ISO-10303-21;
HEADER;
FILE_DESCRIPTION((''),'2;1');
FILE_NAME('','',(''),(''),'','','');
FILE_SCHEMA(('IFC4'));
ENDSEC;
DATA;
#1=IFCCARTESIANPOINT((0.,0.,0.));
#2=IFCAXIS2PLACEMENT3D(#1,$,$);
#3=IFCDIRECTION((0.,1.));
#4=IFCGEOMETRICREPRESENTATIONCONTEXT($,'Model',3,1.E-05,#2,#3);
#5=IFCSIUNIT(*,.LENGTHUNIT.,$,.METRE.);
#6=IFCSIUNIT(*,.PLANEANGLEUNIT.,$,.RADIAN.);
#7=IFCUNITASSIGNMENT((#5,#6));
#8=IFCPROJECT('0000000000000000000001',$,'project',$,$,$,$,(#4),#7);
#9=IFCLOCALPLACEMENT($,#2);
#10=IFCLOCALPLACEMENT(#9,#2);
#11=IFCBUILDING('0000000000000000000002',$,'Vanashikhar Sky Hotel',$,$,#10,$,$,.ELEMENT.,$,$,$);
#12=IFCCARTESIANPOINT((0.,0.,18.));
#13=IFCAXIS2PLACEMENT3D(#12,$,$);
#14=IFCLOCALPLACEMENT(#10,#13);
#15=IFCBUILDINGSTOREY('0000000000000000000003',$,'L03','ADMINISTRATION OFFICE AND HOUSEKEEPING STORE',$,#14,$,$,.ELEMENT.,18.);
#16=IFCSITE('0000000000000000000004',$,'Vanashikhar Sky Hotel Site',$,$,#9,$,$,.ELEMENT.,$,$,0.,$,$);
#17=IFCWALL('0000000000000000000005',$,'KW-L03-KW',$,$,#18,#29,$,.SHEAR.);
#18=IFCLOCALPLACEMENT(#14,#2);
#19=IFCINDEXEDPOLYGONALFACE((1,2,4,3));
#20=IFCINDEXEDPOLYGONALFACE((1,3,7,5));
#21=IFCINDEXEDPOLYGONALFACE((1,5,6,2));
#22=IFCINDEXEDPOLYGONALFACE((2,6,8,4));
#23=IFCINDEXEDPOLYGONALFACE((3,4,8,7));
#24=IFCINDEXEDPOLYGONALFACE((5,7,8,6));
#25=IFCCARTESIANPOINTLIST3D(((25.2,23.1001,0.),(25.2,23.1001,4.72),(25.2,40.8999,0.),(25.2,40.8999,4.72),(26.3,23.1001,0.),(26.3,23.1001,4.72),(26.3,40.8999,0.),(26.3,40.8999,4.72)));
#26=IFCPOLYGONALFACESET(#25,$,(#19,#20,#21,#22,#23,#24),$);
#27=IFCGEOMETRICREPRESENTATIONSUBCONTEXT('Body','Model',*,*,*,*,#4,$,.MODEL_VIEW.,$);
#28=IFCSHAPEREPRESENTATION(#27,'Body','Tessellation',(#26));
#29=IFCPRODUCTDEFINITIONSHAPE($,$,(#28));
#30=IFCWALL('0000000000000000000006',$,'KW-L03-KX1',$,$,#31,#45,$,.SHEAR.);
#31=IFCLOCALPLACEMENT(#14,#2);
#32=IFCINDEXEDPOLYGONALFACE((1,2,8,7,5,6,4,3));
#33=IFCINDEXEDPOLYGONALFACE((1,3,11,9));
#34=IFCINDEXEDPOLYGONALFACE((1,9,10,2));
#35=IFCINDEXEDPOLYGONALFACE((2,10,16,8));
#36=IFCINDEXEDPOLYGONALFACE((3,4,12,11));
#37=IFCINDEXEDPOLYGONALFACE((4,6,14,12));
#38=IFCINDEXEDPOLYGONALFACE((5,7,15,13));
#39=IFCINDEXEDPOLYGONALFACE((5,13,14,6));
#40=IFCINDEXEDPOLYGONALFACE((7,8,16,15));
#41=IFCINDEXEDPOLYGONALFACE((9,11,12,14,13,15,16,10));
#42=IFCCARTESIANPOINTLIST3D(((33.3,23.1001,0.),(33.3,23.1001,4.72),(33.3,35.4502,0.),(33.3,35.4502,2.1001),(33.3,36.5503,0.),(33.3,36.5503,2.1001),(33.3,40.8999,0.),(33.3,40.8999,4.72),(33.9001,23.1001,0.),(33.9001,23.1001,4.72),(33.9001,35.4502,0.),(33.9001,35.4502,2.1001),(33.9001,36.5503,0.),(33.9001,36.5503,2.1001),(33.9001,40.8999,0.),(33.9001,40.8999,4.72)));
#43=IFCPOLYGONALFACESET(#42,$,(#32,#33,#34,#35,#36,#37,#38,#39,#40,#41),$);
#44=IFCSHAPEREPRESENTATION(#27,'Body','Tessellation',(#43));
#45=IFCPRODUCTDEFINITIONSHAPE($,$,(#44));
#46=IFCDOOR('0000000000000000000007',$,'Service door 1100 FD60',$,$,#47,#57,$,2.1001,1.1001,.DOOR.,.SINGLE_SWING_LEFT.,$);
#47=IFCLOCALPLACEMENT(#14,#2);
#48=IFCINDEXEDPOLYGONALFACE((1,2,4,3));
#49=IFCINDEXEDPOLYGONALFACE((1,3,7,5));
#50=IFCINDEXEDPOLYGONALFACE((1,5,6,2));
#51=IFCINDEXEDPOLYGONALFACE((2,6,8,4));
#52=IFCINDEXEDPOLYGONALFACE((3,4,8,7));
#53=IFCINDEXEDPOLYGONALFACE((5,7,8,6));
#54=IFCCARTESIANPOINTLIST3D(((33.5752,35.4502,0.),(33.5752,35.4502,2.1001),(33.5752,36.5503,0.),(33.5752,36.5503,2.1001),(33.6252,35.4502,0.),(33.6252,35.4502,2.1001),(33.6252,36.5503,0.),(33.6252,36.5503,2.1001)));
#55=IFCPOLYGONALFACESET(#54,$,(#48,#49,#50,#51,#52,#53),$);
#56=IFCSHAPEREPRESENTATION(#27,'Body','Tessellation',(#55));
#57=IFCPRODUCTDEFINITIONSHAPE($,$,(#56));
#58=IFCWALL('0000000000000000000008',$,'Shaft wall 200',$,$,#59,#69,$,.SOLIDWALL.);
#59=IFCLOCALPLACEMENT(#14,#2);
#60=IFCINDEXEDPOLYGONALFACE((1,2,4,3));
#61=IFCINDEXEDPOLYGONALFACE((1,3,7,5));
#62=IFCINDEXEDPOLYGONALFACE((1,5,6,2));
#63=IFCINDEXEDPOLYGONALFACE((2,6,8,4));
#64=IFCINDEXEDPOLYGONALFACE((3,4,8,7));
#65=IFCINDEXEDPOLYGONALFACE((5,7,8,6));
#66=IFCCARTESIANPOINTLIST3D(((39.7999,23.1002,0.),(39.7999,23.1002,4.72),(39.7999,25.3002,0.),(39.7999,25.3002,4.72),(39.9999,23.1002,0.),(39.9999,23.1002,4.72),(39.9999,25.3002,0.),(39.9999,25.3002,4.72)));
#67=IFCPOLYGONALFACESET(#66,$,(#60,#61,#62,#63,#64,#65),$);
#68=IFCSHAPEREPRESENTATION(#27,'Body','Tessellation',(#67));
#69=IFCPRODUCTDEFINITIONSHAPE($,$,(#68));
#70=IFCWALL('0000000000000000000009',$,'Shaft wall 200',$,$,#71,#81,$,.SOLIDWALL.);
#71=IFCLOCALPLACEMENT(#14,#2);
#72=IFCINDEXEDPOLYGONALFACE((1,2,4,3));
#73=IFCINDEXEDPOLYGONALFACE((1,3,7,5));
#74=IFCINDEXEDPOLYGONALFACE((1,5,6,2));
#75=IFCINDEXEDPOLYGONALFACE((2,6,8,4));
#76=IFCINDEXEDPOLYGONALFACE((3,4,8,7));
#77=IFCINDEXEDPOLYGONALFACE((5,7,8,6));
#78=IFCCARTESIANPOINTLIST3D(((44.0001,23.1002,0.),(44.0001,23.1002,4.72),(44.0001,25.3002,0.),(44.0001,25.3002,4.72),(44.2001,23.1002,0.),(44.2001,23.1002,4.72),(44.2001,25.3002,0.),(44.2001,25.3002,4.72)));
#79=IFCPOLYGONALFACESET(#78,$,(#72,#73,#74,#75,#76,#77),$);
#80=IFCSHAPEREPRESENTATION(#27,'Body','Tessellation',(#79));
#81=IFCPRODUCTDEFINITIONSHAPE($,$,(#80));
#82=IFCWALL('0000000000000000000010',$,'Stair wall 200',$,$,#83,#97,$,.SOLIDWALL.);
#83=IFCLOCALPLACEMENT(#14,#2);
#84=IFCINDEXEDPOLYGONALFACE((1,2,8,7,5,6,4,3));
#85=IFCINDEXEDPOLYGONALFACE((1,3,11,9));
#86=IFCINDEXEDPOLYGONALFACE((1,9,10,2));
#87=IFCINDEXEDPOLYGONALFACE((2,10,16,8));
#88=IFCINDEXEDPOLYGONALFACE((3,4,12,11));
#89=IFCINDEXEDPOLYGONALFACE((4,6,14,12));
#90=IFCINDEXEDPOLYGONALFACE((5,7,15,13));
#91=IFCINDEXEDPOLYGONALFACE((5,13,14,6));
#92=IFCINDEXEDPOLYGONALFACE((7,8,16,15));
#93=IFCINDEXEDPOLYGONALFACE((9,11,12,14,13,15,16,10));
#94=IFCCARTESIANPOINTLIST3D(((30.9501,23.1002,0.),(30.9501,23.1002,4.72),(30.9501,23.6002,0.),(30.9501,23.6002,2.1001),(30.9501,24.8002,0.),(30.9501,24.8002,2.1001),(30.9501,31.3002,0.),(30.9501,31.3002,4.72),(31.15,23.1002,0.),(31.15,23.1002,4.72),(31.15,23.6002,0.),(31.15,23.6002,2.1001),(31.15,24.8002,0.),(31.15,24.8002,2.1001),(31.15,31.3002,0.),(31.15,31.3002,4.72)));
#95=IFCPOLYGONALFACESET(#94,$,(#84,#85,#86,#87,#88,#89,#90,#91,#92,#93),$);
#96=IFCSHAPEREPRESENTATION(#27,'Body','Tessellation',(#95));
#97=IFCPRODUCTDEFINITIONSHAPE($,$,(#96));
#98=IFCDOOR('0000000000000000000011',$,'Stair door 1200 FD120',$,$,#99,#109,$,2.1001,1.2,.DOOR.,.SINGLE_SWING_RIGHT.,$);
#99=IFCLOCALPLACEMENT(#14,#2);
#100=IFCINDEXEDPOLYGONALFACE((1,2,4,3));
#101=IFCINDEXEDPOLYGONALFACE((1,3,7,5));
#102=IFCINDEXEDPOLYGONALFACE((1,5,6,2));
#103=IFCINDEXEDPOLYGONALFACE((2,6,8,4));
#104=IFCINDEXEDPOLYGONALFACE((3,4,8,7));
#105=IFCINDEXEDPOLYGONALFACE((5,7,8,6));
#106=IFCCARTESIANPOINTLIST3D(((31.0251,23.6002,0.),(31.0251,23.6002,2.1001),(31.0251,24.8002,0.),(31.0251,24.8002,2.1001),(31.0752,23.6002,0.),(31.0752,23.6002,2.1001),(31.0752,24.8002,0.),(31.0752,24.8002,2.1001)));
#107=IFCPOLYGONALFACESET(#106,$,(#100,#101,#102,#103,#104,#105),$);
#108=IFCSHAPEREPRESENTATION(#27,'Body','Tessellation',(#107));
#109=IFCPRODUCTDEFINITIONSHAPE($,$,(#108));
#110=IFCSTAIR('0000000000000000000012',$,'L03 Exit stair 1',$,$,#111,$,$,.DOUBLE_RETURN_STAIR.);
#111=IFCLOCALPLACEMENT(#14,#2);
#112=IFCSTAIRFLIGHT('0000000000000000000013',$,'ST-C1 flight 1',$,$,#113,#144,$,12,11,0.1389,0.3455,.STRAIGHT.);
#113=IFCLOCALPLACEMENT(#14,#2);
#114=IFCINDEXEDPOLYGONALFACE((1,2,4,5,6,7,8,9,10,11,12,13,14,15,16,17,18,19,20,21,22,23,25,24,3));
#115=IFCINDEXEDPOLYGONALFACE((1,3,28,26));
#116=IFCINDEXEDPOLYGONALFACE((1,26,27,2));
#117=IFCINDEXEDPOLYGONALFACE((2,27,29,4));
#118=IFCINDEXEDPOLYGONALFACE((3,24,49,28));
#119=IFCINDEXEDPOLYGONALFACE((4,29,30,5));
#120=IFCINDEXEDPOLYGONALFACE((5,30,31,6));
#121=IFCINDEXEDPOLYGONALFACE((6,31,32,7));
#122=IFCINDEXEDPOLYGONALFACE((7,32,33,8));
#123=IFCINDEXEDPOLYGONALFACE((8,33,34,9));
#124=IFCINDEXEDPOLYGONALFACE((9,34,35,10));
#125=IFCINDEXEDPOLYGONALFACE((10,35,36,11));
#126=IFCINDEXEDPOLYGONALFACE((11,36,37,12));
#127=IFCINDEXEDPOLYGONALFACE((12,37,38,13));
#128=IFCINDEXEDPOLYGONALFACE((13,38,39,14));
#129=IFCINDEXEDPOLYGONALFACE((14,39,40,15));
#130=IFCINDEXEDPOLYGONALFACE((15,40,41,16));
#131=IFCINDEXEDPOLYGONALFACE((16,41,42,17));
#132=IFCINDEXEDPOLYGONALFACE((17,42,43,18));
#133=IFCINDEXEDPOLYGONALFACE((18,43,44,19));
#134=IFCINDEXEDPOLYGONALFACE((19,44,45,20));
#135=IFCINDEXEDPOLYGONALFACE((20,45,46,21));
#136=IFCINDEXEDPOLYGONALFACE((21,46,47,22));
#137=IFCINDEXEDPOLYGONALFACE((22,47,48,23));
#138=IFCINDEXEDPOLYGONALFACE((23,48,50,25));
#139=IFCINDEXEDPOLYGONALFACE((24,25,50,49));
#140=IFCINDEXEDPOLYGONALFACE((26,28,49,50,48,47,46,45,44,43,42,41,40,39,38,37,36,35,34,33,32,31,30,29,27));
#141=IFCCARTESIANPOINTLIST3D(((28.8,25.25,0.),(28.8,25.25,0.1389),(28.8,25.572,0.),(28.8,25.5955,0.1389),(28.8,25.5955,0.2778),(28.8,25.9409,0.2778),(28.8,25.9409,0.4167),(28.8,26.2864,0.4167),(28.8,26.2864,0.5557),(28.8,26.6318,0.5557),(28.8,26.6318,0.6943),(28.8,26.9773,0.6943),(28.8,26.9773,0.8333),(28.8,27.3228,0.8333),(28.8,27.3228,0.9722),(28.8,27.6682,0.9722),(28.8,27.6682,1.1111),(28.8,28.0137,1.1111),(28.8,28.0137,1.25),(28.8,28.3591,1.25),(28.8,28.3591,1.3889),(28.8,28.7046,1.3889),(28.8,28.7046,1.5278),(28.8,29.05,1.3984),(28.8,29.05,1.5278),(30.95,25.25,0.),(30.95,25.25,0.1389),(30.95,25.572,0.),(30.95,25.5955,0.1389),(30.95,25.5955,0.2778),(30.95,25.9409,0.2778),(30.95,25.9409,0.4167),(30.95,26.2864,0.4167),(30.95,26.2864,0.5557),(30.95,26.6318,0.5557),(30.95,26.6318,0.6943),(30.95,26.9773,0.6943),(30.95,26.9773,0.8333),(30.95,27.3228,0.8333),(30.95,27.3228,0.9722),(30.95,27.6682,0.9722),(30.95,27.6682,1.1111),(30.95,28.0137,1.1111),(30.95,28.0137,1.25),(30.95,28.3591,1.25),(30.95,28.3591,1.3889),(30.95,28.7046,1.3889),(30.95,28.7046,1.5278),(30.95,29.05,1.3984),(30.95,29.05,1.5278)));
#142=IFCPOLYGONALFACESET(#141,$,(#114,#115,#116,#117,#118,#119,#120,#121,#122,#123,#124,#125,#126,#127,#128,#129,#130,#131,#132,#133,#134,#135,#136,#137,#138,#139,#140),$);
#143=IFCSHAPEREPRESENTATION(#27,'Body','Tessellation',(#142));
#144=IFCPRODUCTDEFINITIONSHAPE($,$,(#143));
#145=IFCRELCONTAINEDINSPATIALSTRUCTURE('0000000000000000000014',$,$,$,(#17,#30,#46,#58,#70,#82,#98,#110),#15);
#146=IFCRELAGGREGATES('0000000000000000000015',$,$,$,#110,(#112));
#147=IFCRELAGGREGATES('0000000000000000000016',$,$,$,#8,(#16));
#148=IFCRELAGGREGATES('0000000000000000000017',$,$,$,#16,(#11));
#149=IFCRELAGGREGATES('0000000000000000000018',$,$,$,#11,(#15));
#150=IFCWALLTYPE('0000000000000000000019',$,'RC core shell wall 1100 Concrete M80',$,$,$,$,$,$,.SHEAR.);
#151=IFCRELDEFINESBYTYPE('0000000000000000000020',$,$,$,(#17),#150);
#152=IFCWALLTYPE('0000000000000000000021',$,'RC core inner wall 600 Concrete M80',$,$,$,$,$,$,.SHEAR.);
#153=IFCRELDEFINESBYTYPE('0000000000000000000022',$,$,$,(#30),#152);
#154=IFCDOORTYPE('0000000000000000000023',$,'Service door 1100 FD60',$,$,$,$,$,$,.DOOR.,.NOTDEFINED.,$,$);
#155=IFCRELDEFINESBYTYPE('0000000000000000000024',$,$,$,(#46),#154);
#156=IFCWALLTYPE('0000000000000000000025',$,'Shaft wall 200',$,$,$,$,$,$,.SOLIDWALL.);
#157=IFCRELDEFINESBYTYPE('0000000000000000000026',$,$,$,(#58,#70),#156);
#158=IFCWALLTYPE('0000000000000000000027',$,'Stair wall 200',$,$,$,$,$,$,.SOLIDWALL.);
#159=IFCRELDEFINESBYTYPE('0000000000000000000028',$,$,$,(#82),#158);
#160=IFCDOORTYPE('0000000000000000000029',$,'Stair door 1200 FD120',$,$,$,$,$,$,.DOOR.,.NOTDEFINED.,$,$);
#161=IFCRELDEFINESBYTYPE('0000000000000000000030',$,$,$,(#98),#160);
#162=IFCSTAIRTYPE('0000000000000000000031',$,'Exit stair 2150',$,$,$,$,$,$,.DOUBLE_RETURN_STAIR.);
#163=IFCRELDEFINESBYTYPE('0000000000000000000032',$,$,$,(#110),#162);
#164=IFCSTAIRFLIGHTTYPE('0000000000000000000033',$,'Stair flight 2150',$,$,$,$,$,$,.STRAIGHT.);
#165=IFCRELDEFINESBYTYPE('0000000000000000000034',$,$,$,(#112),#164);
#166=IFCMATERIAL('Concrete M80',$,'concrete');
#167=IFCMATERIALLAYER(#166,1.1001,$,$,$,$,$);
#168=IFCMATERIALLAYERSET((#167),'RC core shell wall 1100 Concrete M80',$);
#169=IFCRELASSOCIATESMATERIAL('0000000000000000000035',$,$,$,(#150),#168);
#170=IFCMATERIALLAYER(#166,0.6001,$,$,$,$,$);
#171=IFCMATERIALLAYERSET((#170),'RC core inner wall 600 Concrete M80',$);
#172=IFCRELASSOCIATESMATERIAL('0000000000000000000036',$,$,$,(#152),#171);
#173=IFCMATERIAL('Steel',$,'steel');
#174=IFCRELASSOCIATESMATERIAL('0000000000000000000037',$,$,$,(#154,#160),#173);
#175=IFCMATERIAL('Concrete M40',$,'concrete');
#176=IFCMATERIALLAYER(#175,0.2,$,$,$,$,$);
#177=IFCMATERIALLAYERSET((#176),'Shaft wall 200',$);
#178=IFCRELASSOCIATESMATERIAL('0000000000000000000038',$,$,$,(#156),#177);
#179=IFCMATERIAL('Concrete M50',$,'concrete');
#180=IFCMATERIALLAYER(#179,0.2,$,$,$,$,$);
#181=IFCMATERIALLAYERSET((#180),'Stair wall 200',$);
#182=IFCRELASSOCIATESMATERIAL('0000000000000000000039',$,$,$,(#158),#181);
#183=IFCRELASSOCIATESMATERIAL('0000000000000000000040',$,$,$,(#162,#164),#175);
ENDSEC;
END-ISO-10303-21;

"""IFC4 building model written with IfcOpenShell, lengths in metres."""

from ifc_helpers import new_model, si_unit, direction, frame, frame_2d, origin, place, context, subcontext, project, spatial, polyline, rectangle, outline, extrude, source, transform, mapped, material, layer, layer_set, type_object, element, fill, aggregate, save


model = new_model("IFC4")

# Units and contexts
model_context = context("Model", 3, precision=1e-05, world=origin(), true_north=direction((0.0, 1.0)))
body_context = subcontext(model_context, "Body", "Model", "MODEL_VIEW")
ifc_project = project(units=[si_unit("LENGTHUNIT", "METRE"), si_unit("PLANEANGLEUNIT", "RADIAN")], contexts=[model_context])

# Site, building, storey
site_placement = place(None, origin())
site = spatial("IfcSite", under=ifc_project, at=site_placement, Name="Vanashikhar Sky Hotel Site", CompositionType="ELEMENT", RefElevation=0.0)
building_placement = place(site_placement, origin())
building = spatial("IfcBuilding", under=site, at=building_placement, Name="Vanashikhar Sky Hotel", CompositionType="ELEMENT")
storey_placement = place(building_placement, frame((0.0, 0.0, 18.0)))
storey = spatial("IfcBuildingStorey", under=building, at=storey_placement, Name="L03", Description="ADMINISTRATION OFFICE AND HOUSEKEEPING STORE", CompositionType="ELEMENT", Elevation=18.0)

# Wall
ifc_material_1 = material(Name="Concrete M80", Category="concrete")
ifc_layer_1 = layer(ifc_material_1, 1.1001)
ifc_layer_set_1 = layer_set([ifc_layer_1], Name="RC core shell wall 1100 Concrete M80")
wall_type_1 = type_object("IfcWallType", Name="RC core shell wall 1100 Concrete M80", PredefinedType="SHEAR", material=ifc_layer_set_1)
shared_shape_1 = source(origin(), body_context, "Body", "SweptSolid", [
    extrude(rectangle(XDim=17.7998, YDim=1.1001, at=frame_2d((8.8999, 0.0))), origin(), (0.0, 0.0, 1.0), 4.72),
])
wall_1_placement = place(storey_placement, frame((25.75, 23.1001, 0.0), z_axis=(0.0, 0.0, 1.0), x_axis=(0.0, 1.0, 0.0)))
element("IfcWall", 1, at=wall_1_placement, inside=storey, type_object=wall_type_1, Name="KW-L03-KW", PredefinedType="SHEAR", context=body_context, shape_type="MappedRepresentation", body=[
    mapped(shared_shape_1, transform((0.0, 0.0, 0.0), scale=1.0)),
])

# Wall, opening, door
ifc_layer_2 = layer(ifc_material_1, 0.6001)
ifc_layer_set_2 = layer_set([ifc_layer_2], Name="RC core inner wall 600 Concrete M80")
wall_type_2 = type_object("IfcWallType", Name="RC core inner wall 600 Concrete M80", PredefinedType="SHEAR", material=ifc_layer_set_2)
shared_shape_2 = source(origin(), body_context, "Body", "SweptSolid", [
    extrude(rectangle(XDim=17.7998, YDim=0.6001, at=frame_2d((8.8999, 0.0))), origin(), (0.0, 0.0, 1.0), 4.72),
])
wall_2_placement = place(storey_placement, frame((33.6001, 23.1001, 0.0), z_axis=(0.0, 0.0, 1.0), x_axis=(0.0, 1.0, 0.0)))
wall_2 = element("IfcWall", 2, at=wall_2_placement, inside=storey, type_object=wall_type_2, Name="KW-L03-KX1", PredefinedType="SHEAR", context=body_context, shape_type="MappedRepresentation", body=[
    mapped(shared_shape_2, transform((0.0, 0.0, 0.0), scale=1.0)),
])
shared_shape_3 = source(origin(), body_context, "Body", "SweptSolid", [
    extrude(rectangle(XDim=1.1001, YDim=2.1001, at=frame_2d((0.55, 1.05))), frame((0.0, 0.3101, 0.0), z_axis=(0.0, -1.0, 0.0), x_axis=(1.0, 0.0, 0.0)), (0.0, 0.0, 1.0), 0.6201),
])
opening_1_placement = place(wall_2_placement, frame((12.3501, 0.0, 0.0)))
opening_1 = element("IfcOpeningElement", 3, at=opening_1_placement, cuts=wall_2, PredefinedType="OPENING", context=body_context, shape_type="MappedRepresentation", body=[
    mapped(shared_shape_3, transform((0.0, 0.0, 0.0), scale=1.0)),
])
ifc_material_2 = material(Name="Steel", Category="steel")
door_type_1 = type_object("IfcDoorType", Name="Service door 1100 FD60", OperationType="NOTDEFINED", PredefinedType="DOOR", material=ifc_material_2)
shared_shape_4 = source(origin(), body_context, "Body", "SweptSolid", [
    extrude(rectangle(XDim=1.1001, YDim=2.1001, at=frame_2d((0.55, 1.05))), frame((0.0, 0.0249, 0.0), z_axis=(0.0, -1.0, 0.0), x_axis=(1.0, 0.0, 0.0)), (0.0, 0.0, 1.0), 0.05),
])
door_1_placement = place(opening_1_placement, origin())
door_1 = element("IfcDoor", 4, at=door_1_placement, inside=storey, type_object=door_type_1, Name="Service door 1100 FD60", OperationType="SINGLE_SWING_LEFT", OverallHeight=2.1001, OverallWidth=1.1001, PredefinedType="DOOR", context=body_context, shape_type="MappedRepresentation", body=[
    mapped(shared_shape_4, transform((0.0, 0.0, 0.0), scale=1.0)),
])
fill(opening_1, door_1)

# Walls
ifc_material_3 = material(Name="Concrete M40", Category="concrete")
ifc_layer_3 = layer(ifc_material_3, 0.2)
ifc_layer_set_3 = layer_set([ifc_layer_3], Name="Shaft wall 200")
wall_type_3 = type_object("IfcWallType", Name="Shaft wall 200", PredefinedType="SOLIDWALL", material=ifc_layer_set_3)
shared_shape_5 = source(origin(), body_context, "Body", "SweptSolid", [
    extrude(rectangle(XDim=2.2, YDim=0.2, at=frame_2d((1.1001, 0.0))), origin(), (0.0, 0.0, 1.0), 4.72),
])
for number, where, z_axis, x_axis, name in (
    (5, (39.8999, 23.1001, 0.0), (0.0, 0.0, 1.0), (0.0, 1.0, 0.0), "Shaft wall 200"),
    (6, (44.1001, 23.1001, 0.0), (0.0, 0.0, 1.0), (0.0, 1.0, 0.0), "Shaft wall 200"),
):
    element("IfcWall", number, at=place(storey_placement, frame(where, z_axis=z_axis, x_axis=x_axis)), inside=storey, type_object=wall_type_3, Name=name, PredefinedType="SOLIDWALL", context=body_context, shape_type="MappedRepresentation", body=[
        mapped(shared_shape_5, transform((0.0, 0.0, 0.0), scale=1.0)),
    ])

# Wall, opening, door
ifc_material_4 = material(Name="Concrete M50", Category="concrete")
ifc_layer_4 = layer(ifc_material_4, 0.2)
ifc_layer_set_4 = layer_set([ifc_layer_4], Name="Stair wall 200")
wall_type_4 = type_object("IfcWallType", Name="Stair wall 200", PredefinedType="SOLIDWALL", material=ifc_layer_set_4)
shared_shape_6 = source(origin(), body_context, "Body", "SweptSolid", [
    extrude(rectangle(XDim=8.2, YDim=0.2, at=frame_2d((4.1001, 0.0))), origin(), (0.0, 0.0, 1.0), 4.72),
])
wall_3_placement = place(storey_placement, frame((31.05, 23.1001, 0.0), z_axis=(0.0, 0.0, 1.0), x_axis=(0.0, 1.0, 0.0)))
wall_3 = element("IfcWall", 7, at=wall_3_placement, inside=storey, type_object=wall_type_4, Name="Stair wall 200", PredefinedType="SOLIDWALL", context=body_context, shape_type="MappedRepresentation", body=[
    mapped(shared_shape_6, transform((0.0, 0.0, 0.0), scale=1.0)),
])
shared_shape_7 = source(origin(), body_context, "Body", "SweptSolid", [
    extrude(rectangle(XDim=1.2, YDim=2.1001, at=frame_2d((0.6001, 1.05))), frame((0.0, 0.1099, 0.0), z_axis=(0.0, -1.0, 0.0), x_axis=(1.0, 0.0, 0.0)), (0.0, 0.0, 1.0), 0.22),
])
opening_2_placement = place(wall_3_placement, frame((0.5, 0.0, 0.0)))
opening_2 = element("IfcOpeningElement", 8, at=opening_2_placement, cuts=wall_3, PredefinedType="OPENING", context=body_context, shape_type="MappedRepresentation", body=[
    mapped(shared_shape_7, transform((0.0, 0.0, 0.0), scale=1.0)),
])
door_type_2 = type_object("IfcDoorType", Name="Stair door 1200 FD120", OperationType="NOTDEFINED", PredefinedType="DOOR", material=ifc_material_2)
shared_shape_8 = source(origin(), body_context, "Body", "SweptSolid", [
    extrude(rectangle(XDim=1.2, YDim=2.1001, at=frame_2d((0.6001, 1.05))), frame((0.0, 0.0249, 0.0), z_axis=(0.0, -1.0, 0.0), x_axis=(1.0, 0.0, 0.0)), (0.0, 0.0, 1.0), 0.05),
])
door_2_placement = place(opening_2_placement, origin())
door_2 = element("IfcDoor", 9, at=door_2_placement, inside=storey, type_object=door_type_2, Name="Stair door 1200 FD120", OperationType="SINGLE_SWING_RIGHT", OverallHeight=2.1001, OverallWidth=1.2, PredefinedType="DOOR", context=body_context, shape_type="MappedRepresentation", body=[
    mapped(shared_shape_8, transform((0.0, 0.0, 0.0), scale=1.0)),
])
fill(opening_2, door_2)

# Stair, stair flight
stair_type = type_object("IfcStairType", Name="Exit stair 2150", PredefinedType="DOUBLE_RETURN_STAIR", material=ifc_material_3)
stair_1_placement = place(storey_placement, origin())
stair_1 = element("IfcStair", 10, at=stair_1_placement, inside=storey, type_object=stair_type, Name="L03 Exit stair 1", PredefinedType="DOUBLE_RETURN_STAIR")
stair_flight_type = type_object("IfcStairFlightType", Name="Stair flight 2150", PredefinedType="STRAIGHT", material=ifc_material_3)
shared_shape_9 = source(origin(), body_context, "Body", "SweptSolid", [
    extrude(outline(polyline([(0.0, 0.0), (0.0, 0.1389), (0.3455, 0.1389), (0.3455, 0.2778), (0.6909, 0.2778), (0.6909, 0.4167), (1.0364, 0.4167), (1.0364, 0.5557), (1.3818, 0.5557), (1.3818, 0.6943), (1.7273, 0.6943), (1.7273, 0.8333), (2.0728, 0.8333), (2.0728, 0.9722), (2.4182, 0.9722), (2.4182, 1.1111), (2.7637, 1.1111), (2.7637, 1.25), (3.1091, 1.25), (3.1091, 1.3889), (3.4546, 1.3889), (3.4546, 1.5278), (3.8, 1.5278), (3.8, 1.6667), (3.8, 1.3984), (0.322, 0.0), (0.0, 0.0)])), frame((0.0, 1.075, 0.0), z_axis=(0.0, -1.0, 0.0), x_axis=(1.0, 0.0, 0.0)), (0.0, 0.0, 1.0), 2.1499),
])
stair_flight_1_placement = place(storey_placement, frame((29.875, 25.25, 0.0), z_axis=(0.0, 0.0, 1.0), x_axis=(0.0, 1.0, 0.0)))
stair_flight_1 = element("IfcStairFlight", 11, at=stair_flight_1_placement, type_object=stair_flight_type, Name="ST-C1 flight 1", NumberOfRisers=12, NumberOfTreads=11, PredefinedType="STRAIGHT", RiserHeight=0.1389, TreadLength=0.3455, context=body_context, shape_type="MappedRepresentation", body=[
    mapped(shared_shape_9, transform((0.0, 0.0, 0.0), scale=1.0)),
])
aggregate(stair_1, [stair_flight_1])

save(model, "model.ifc")
